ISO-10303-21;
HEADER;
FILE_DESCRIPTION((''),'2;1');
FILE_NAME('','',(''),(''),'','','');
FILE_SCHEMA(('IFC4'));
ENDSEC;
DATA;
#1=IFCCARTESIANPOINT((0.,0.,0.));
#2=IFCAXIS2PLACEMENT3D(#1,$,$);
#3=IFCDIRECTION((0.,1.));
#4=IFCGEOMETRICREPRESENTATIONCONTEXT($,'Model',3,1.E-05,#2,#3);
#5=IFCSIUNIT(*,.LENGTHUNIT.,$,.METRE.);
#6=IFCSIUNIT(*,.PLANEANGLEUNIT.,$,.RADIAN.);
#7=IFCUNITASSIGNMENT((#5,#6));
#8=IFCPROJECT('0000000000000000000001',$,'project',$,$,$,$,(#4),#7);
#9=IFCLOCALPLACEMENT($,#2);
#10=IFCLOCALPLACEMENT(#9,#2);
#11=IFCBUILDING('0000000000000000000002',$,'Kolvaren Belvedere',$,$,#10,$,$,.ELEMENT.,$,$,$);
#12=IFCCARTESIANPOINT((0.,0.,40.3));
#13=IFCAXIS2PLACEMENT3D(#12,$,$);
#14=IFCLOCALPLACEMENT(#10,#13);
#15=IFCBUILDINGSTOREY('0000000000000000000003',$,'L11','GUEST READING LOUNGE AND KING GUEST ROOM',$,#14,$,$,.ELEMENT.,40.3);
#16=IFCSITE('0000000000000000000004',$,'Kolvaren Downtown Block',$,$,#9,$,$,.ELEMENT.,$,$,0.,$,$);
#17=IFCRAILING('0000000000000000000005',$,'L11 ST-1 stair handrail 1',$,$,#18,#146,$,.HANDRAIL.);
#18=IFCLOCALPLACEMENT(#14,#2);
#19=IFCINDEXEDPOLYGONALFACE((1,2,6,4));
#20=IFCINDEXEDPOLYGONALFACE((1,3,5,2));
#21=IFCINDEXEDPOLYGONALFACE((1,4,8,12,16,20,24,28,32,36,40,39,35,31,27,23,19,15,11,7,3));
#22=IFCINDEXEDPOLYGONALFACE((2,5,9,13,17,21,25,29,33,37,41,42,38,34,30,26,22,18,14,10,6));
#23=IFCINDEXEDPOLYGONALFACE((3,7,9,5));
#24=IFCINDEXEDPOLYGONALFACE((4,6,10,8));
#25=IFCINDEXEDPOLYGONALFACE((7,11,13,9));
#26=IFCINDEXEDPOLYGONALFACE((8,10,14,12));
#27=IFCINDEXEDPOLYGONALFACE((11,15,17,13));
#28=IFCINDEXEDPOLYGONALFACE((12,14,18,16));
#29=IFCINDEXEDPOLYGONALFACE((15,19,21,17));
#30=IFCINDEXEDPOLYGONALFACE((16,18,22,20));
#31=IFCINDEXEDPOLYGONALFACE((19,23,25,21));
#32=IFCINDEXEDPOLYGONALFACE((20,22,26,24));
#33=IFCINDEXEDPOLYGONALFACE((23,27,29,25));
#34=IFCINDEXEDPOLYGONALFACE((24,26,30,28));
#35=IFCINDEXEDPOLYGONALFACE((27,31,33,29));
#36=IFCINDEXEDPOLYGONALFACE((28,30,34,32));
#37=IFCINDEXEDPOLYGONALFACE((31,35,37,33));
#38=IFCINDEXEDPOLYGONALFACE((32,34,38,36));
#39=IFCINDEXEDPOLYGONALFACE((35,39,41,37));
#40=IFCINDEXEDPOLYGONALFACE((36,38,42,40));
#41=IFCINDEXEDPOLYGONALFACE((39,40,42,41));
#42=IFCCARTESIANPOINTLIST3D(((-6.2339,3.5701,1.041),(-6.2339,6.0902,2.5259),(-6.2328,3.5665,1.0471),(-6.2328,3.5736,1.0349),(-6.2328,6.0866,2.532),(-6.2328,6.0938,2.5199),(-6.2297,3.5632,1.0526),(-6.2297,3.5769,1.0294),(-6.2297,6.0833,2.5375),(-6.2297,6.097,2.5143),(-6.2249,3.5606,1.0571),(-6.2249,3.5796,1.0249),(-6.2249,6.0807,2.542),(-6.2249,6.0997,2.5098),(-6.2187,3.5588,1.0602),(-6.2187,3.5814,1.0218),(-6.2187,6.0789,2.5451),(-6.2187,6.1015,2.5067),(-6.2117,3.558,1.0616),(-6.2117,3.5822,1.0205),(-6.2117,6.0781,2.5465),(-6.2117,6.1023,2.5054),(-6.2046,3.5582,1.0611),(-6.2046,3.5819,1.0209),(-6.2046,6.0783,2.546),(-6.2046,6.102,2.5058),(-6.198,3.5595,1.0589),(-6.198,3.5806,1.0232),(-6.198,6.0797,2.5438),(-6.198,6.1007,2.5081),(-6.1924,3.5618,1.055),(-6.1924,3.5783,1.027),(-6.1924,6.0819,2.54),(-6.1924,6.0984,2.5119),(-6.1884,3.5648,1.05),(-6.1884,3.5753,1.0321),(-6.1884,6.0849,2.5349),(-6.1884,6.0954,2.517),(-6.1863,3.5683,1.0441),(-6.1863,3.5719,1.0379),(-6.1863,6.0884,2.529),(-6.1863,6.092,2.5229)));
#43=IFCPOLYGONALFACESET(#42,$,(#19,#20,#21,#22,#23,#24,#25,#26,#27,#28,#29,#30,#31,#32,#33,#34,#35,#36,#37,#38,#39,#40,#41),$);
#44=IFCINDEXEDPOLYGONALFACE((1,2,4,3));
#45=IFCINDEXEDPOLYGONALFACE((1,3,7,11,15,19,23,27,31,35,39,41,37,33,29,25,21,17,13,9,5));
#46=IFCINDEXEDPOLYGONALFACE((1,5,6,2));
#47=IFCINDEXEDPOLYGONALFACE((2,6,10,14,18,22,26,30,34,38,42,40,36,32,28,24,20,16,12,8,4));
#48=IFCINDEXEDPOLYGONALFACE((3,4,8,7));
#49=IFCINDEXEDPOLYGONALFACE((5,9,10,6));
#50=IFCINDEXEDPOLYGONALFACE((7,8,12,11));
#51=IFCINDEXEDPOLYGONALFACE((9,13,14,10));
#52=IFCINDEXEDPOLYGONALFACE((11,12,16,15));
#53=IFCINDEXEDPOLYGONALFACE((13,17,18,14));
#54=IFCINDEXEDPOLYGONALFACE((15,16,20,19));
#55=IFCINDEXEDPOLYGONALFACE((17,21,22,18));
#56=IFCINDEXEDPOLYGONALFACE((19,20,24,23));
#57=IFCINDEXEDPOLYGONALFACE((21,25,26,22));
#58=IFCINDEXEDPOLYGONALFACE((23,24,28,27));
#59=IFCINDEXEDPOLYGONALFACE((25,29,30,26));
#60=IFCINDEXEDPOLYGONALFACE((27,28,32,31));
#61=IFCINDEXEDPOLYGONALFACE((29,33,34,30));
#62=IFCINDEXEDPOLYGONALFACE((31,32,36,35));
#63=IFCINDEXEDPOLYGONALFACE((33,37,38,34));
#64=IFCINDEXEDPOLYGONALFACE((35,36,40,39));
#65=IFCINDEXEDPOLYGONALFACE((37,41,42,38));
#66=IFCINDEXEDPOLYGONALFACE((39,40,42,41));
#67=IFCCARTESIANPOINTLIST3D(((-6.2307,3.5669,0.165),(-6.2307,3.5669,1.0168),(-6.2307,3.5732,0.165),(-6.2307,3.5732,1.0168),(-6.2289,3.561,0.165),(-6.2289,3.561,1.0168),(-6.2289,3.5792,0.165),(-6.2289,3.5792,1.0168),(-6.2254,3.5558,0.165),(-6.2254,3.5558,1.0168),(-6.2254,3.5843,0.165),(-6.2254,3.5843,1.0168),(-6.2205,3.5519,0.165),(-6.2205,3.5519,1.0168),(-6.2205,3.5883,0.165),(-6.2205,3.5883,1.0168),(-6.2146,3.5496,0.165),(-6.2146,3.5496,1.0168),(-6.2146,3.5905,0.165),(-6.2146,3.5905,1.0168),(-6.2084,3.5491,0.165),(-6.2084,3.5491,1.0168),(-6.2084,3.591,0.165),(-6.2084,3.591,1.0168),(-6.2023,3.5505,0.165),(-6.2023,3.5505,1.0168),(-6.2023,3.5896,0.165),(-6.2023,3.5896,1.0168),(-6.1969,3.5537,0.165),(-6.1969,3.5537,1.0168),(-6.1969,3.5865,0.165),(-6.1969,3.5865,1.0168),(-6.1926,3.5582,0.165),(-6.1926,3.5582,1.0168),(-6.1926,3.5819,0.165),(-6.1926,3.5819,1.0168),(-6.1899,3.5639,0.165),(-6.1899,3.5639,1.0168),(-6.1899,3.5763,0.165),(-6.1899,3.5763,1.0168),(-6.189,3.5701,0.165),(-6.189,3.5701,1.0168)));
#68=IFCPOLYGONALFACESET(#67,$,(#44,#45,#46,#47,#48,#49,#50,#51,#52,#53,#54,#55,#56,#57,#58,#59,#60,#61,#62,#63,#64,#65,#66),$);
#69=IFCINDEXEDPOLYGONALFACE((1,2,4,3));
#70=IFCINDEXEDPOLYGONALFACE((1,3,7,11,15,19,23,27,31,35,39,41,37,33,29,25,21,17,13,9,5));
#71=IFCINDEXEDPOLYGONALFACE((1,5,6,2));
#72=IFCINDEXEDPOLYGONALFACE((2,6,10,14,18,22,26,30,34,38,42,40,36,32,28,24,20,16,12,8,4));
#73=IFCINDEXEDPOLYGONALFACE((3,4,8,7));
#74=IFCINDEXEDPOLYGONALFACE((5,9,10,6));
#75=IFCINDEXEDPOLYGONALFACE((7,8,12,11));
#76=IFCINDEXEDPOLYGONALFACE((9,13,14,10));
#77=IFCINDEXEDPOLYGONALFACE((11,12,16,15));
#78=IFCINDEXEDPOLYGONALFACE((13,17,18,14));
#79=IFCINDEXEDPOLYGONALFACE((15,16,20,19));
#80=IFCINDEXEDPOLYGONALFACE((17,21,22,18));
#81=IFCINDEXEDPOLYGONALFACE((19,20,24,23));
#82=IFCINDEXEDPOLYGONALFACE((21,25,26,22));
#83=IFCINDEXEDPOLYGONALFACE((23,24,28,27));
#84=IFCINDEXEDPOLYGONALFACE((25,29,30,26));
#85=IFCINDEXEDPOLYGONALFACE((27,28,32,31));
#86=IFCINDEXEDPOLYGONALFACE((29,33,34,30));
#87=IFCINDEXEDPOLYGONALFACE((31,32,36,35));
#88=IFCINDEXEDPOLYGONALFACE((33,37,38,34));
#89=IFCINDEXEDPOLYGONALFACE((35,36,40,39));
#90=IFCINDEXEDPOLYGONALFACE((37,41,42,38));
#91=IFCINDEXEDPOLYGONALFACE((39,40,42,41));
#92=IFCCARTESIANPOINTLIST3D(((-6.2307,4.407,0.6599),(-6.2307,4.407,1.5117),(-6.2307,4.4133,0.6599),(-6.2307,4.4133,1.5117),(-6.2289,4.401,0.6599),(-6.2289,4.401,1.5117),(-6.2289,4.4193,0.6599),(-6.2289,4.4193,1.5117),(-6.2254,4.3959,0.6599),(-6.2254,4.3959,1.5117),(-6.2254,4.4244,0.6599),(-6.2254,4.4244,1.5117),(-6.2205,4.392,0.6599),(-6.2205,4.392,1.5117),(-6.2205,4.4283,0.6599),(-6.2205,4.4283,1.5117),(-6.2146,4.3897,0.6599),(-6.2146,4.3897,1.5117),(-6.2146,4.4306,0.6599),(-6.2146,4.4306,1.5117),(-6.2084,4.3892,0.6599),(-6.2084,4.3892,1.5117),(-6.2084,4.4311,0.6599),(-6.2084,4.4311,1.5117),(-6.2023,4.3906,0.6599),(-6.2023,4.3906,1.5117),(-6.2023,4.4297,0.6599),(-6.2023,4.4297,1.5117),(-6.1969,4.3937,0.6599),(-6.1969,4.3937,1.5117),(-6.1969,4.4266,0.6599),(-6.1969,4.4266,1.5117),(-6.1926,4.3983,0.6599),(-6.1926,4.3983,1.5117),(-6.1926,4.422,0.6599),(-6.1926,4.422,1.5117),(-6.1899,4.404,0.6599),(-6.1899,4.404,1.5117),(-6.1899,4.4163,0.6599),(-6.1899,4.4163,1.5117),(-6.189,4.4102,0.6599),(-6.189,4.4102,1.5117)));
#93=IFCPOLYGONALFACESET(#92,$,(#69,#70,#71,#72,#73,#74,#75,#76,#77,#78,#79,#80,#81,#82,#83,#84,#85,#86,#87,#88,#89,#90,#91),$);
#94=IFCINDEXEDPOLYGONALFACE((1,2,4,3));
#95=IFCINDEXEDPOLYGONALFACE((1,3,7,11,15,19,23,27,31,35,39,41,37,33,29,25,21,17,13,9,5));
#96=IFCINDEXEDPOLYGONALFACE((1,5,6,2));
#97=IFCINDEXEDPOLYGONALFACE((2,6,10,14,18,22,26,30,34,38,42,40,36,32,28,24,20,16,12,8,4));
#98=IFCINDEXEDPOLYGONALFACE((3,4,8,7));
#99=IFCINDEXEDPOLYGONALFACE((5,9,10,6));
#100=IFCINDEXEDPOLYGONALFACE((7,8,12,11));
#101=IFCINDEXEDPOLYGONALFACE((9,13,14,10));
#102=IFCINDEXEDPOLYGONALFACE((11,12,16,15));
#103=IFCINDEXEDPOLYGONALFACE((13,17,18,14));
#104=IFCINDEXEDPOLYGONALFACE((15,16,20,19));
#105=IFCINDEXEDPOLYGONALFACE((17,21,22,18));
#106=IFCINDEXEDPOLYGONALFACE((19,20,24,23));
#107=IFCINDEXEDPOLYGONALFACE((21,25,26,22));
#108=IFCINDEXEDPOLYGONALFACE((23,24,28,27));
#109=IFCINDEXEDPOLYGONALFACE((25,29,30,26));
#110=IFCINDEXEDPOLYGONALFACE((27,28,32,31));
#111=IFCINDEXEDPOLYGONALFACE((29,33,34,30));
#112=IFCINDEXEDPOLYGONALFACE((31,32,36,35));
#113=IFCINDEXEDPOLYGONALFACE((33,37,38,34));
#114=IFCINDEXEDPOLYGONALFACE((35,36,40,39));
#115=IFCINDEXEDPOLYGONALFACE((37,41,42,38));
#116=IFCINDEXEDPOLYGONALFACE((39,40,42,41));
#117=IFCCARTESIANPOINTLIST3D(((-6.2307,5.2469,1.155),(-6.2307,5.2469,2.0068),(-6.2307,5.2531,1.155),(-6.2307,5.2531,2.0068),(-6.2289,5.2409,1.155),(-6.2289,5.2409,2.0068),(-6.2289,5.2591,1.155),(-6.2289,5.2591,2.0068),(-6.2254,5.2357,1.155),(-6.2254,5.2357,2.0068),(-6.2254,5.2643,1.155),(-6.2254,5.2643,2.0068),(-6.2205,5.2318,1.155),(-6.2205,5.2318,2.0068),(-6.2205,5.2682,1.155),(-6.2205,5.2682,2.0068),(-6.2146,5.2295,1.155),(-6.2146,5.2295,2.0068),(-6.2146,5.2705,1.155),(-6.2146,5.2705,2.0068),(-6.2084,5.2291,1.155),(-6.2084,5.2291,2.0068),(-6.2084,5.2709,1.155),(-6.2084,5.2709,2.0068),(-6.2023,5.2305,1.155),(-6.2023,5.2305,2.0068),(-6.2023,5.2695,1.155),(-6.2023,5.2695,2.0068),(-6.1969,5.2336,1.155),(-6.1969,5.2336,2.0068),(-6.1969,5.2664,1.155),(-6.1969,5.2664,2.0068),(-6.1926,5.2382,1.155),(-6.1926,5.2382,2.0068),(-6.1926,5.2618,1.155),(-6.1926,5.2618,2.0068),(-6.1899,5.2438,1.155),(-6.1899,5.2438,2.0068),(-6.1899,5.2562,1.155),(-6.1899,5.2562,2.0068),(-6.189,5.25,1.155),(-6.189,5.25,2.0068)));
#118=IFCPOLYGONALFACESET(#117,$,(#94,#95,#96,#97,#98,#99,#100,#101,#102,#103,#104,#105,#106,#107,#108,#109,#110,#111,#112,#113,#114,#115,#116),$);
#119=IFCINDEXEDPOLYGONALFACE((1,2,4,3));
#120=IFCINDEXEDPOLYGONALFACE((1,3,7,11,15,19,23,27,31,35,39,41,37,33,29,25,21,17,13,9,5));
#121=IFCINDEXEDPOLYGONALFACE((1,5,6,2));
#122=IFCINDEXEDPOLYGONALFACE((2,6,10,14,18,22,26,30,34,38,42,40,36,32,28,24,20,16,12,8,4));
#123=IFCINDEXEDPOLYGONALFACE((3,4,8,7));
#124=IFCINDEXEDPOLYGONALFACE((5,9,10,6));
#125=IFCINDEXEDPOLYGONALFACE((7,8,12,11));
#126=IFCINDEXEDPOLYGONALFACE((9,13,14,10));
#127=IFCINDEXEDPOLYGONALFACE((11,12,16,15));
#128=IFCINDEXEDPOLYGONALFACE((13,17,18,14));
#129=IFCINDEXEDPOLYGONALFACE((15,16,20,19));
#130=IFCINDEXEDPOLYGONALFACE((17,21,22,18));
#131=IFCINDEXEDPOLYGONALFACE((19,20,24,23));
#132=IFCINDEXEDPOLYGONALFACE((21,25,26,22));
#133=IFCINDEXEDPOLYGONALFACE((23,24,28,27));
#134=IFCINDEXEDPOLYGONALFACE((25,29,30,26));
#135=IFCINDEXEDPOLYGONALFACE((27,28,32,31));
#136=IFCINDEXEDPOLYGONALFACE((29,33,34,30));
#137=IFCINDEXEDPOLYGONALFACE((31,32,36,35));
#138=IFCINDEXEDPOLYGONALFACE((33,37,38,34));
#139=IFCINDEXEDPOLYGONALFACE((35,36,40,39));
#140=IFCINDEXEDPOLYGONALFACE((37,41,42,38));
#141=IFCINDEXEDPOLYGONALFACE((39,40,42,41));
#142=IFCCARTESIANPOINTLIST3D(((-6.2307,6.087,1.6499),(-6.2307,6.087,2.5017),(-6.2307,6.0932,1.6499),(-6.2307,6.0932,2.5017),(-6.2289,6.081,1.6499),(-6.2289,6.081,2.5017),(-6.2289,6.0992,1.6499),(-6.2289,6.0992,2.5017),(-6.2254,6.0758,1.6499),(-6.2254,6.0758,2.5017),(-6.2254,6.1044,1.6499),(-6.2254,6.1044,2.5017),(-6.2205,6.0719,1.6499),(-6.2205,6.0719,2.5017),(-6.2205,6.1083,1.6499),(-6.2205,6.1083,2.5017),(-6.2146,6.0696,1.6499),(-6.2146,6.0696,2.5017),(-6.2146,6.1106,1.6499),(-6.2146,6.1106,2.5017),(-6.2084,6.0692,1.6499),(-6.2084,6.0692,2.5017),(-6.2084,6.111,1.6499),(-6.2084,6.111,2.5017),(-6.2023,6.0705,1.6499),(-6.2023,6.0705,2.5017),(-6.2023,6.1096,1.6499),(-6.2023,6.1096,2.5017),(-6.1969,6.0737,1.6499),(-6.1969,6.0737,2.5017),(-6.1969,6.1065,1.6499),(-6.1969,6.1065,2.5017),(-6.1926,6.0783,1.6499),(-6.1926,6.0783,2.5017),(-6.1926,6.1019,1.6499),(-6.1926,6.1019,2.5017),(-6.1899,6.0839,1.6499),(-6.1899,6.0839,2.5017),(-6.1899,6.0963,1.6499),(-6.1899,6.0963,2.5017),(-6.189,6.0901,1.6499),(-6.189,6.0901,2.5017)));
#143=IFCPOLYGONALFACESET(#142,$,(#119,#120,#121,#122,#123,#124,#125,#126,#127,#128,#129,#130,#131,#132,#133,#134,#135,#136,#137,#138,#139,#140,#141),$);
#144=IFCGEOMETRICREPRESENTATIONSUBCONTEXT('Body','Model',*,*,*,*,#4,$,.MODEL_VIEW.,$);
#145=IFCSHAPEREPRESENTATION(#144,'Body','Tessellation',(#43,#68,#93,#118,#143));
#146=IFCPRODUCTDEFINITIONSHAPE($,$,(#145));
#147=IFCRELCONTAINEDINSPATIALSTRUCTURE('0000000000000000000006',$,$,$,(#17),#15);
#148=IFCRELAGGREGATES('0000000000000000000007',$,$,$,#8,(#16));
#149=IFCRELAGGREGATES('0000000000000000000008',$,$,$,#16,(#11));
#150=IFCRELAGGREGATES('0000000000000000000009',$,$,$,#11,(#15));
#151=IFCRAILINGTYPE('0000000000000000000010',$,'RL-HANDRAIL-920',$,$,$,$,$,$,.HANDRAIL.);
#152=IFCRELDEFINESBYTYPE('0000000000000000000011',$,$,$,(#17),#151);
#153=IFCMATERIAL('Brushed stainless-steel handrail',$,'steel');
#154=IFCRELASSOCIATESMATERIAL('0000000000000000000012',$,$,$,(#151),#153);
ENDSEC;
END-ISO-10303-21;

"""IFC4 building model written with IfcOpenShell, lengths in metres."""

from ifc_helpers import new_model, si_unit, direction, frame, origin, origin_2d, place, context, subcontext, project, spatial, circle, extrude, material, type_object, element, save


model = new_model("IFC4")

# Units and contexts
model_context = context("Model", 3, precision=1e-05, world=origin(), true_north=direction((0.0, 1.0)))
body_context = subcontext(model_context, "Body", "Model", "MODEL_VIEW")
ifc_project = project(units=[si_unit("LENGTHUNIT", "METRE"), si_unit("PLANEANGLEUNIT", "RADIAN")], contexts=[model_context])

# Site, building, storey
site_placement = place(None, origin())
site = spatial("IfcSite", under=ifc_project, at=site_placement, Name="Kolvaren Downtown Block", CompositionType="ELEMENT", RefElevation=0.0)
building_placement = place(site_placement, origin())
building = spatial("IfcBuilding", under=site, at=building_placement, Name="Kolvaren Belvedere", CompositionType="ELEMENT")
storey_placement = place(building_placement, frame((0.0, 0.0, 40.3)))
storey = spatial("IfcBuildingStorey", under=building, at=storey_placement, Name="L11", Description="GUEST READING LOUNGE AND KING GUEST ROOM", CompositionType="ELEMENT", Elevation=40.3)

# Railing
ifc_material_1 = material(Name="Brushed stainless-steel handrail", Category="steel")
railing_type_1 = type_object("IfcRailingType", Name="RL-HANDRAIL-920", PredefinedType="HANDRAIL", material=ifc_material_1)
railing_1_placement = place(storey_placement, frame((-6.21, 3.5701, 0.165)))
element("IfcRailing", 1, at=railing_1_placement, inside=storey, type_object=railing_type_1, Name="L11 ST-1 stair handrail 1", PredefinedType="HANDRAIL", context=body_context, shape_type="SweptSolid", body=[
    extrude(circle(Radius=0.0239, at=origin_2d()), frame((0.0, 0.0, 0.876), z_axis=(0.0, 0.861561, 0.507655), x_axis=(-1.0, 0.0, 0.0)), (0.0, 0.0, 1.0), 2.925),
    extrude(circle(Radius=0.021, at=origin_2d()), origin(), (0.0, 0.0, 1.0), 0.8518),
    extrude(circle(Radius=0.021, at=origin_2d()), frame((0.0, 0.8401, 0.4949)), (0.0, 0.0, 1.0), 0.8518),
    extrude(circle(Radius=0.021, at=origin_2d()), frame((0.0, 1.6799, 0.99)), (0.0, 0.0, 1.0), 0.8518),
    extrude(circle(Radius=0.021, at=origin_2d()), frame((0.0, 2.52, 1.4849)), (0.0, 0.0, 1.0), 0.8518),
])

save(model, "model.ifc")
